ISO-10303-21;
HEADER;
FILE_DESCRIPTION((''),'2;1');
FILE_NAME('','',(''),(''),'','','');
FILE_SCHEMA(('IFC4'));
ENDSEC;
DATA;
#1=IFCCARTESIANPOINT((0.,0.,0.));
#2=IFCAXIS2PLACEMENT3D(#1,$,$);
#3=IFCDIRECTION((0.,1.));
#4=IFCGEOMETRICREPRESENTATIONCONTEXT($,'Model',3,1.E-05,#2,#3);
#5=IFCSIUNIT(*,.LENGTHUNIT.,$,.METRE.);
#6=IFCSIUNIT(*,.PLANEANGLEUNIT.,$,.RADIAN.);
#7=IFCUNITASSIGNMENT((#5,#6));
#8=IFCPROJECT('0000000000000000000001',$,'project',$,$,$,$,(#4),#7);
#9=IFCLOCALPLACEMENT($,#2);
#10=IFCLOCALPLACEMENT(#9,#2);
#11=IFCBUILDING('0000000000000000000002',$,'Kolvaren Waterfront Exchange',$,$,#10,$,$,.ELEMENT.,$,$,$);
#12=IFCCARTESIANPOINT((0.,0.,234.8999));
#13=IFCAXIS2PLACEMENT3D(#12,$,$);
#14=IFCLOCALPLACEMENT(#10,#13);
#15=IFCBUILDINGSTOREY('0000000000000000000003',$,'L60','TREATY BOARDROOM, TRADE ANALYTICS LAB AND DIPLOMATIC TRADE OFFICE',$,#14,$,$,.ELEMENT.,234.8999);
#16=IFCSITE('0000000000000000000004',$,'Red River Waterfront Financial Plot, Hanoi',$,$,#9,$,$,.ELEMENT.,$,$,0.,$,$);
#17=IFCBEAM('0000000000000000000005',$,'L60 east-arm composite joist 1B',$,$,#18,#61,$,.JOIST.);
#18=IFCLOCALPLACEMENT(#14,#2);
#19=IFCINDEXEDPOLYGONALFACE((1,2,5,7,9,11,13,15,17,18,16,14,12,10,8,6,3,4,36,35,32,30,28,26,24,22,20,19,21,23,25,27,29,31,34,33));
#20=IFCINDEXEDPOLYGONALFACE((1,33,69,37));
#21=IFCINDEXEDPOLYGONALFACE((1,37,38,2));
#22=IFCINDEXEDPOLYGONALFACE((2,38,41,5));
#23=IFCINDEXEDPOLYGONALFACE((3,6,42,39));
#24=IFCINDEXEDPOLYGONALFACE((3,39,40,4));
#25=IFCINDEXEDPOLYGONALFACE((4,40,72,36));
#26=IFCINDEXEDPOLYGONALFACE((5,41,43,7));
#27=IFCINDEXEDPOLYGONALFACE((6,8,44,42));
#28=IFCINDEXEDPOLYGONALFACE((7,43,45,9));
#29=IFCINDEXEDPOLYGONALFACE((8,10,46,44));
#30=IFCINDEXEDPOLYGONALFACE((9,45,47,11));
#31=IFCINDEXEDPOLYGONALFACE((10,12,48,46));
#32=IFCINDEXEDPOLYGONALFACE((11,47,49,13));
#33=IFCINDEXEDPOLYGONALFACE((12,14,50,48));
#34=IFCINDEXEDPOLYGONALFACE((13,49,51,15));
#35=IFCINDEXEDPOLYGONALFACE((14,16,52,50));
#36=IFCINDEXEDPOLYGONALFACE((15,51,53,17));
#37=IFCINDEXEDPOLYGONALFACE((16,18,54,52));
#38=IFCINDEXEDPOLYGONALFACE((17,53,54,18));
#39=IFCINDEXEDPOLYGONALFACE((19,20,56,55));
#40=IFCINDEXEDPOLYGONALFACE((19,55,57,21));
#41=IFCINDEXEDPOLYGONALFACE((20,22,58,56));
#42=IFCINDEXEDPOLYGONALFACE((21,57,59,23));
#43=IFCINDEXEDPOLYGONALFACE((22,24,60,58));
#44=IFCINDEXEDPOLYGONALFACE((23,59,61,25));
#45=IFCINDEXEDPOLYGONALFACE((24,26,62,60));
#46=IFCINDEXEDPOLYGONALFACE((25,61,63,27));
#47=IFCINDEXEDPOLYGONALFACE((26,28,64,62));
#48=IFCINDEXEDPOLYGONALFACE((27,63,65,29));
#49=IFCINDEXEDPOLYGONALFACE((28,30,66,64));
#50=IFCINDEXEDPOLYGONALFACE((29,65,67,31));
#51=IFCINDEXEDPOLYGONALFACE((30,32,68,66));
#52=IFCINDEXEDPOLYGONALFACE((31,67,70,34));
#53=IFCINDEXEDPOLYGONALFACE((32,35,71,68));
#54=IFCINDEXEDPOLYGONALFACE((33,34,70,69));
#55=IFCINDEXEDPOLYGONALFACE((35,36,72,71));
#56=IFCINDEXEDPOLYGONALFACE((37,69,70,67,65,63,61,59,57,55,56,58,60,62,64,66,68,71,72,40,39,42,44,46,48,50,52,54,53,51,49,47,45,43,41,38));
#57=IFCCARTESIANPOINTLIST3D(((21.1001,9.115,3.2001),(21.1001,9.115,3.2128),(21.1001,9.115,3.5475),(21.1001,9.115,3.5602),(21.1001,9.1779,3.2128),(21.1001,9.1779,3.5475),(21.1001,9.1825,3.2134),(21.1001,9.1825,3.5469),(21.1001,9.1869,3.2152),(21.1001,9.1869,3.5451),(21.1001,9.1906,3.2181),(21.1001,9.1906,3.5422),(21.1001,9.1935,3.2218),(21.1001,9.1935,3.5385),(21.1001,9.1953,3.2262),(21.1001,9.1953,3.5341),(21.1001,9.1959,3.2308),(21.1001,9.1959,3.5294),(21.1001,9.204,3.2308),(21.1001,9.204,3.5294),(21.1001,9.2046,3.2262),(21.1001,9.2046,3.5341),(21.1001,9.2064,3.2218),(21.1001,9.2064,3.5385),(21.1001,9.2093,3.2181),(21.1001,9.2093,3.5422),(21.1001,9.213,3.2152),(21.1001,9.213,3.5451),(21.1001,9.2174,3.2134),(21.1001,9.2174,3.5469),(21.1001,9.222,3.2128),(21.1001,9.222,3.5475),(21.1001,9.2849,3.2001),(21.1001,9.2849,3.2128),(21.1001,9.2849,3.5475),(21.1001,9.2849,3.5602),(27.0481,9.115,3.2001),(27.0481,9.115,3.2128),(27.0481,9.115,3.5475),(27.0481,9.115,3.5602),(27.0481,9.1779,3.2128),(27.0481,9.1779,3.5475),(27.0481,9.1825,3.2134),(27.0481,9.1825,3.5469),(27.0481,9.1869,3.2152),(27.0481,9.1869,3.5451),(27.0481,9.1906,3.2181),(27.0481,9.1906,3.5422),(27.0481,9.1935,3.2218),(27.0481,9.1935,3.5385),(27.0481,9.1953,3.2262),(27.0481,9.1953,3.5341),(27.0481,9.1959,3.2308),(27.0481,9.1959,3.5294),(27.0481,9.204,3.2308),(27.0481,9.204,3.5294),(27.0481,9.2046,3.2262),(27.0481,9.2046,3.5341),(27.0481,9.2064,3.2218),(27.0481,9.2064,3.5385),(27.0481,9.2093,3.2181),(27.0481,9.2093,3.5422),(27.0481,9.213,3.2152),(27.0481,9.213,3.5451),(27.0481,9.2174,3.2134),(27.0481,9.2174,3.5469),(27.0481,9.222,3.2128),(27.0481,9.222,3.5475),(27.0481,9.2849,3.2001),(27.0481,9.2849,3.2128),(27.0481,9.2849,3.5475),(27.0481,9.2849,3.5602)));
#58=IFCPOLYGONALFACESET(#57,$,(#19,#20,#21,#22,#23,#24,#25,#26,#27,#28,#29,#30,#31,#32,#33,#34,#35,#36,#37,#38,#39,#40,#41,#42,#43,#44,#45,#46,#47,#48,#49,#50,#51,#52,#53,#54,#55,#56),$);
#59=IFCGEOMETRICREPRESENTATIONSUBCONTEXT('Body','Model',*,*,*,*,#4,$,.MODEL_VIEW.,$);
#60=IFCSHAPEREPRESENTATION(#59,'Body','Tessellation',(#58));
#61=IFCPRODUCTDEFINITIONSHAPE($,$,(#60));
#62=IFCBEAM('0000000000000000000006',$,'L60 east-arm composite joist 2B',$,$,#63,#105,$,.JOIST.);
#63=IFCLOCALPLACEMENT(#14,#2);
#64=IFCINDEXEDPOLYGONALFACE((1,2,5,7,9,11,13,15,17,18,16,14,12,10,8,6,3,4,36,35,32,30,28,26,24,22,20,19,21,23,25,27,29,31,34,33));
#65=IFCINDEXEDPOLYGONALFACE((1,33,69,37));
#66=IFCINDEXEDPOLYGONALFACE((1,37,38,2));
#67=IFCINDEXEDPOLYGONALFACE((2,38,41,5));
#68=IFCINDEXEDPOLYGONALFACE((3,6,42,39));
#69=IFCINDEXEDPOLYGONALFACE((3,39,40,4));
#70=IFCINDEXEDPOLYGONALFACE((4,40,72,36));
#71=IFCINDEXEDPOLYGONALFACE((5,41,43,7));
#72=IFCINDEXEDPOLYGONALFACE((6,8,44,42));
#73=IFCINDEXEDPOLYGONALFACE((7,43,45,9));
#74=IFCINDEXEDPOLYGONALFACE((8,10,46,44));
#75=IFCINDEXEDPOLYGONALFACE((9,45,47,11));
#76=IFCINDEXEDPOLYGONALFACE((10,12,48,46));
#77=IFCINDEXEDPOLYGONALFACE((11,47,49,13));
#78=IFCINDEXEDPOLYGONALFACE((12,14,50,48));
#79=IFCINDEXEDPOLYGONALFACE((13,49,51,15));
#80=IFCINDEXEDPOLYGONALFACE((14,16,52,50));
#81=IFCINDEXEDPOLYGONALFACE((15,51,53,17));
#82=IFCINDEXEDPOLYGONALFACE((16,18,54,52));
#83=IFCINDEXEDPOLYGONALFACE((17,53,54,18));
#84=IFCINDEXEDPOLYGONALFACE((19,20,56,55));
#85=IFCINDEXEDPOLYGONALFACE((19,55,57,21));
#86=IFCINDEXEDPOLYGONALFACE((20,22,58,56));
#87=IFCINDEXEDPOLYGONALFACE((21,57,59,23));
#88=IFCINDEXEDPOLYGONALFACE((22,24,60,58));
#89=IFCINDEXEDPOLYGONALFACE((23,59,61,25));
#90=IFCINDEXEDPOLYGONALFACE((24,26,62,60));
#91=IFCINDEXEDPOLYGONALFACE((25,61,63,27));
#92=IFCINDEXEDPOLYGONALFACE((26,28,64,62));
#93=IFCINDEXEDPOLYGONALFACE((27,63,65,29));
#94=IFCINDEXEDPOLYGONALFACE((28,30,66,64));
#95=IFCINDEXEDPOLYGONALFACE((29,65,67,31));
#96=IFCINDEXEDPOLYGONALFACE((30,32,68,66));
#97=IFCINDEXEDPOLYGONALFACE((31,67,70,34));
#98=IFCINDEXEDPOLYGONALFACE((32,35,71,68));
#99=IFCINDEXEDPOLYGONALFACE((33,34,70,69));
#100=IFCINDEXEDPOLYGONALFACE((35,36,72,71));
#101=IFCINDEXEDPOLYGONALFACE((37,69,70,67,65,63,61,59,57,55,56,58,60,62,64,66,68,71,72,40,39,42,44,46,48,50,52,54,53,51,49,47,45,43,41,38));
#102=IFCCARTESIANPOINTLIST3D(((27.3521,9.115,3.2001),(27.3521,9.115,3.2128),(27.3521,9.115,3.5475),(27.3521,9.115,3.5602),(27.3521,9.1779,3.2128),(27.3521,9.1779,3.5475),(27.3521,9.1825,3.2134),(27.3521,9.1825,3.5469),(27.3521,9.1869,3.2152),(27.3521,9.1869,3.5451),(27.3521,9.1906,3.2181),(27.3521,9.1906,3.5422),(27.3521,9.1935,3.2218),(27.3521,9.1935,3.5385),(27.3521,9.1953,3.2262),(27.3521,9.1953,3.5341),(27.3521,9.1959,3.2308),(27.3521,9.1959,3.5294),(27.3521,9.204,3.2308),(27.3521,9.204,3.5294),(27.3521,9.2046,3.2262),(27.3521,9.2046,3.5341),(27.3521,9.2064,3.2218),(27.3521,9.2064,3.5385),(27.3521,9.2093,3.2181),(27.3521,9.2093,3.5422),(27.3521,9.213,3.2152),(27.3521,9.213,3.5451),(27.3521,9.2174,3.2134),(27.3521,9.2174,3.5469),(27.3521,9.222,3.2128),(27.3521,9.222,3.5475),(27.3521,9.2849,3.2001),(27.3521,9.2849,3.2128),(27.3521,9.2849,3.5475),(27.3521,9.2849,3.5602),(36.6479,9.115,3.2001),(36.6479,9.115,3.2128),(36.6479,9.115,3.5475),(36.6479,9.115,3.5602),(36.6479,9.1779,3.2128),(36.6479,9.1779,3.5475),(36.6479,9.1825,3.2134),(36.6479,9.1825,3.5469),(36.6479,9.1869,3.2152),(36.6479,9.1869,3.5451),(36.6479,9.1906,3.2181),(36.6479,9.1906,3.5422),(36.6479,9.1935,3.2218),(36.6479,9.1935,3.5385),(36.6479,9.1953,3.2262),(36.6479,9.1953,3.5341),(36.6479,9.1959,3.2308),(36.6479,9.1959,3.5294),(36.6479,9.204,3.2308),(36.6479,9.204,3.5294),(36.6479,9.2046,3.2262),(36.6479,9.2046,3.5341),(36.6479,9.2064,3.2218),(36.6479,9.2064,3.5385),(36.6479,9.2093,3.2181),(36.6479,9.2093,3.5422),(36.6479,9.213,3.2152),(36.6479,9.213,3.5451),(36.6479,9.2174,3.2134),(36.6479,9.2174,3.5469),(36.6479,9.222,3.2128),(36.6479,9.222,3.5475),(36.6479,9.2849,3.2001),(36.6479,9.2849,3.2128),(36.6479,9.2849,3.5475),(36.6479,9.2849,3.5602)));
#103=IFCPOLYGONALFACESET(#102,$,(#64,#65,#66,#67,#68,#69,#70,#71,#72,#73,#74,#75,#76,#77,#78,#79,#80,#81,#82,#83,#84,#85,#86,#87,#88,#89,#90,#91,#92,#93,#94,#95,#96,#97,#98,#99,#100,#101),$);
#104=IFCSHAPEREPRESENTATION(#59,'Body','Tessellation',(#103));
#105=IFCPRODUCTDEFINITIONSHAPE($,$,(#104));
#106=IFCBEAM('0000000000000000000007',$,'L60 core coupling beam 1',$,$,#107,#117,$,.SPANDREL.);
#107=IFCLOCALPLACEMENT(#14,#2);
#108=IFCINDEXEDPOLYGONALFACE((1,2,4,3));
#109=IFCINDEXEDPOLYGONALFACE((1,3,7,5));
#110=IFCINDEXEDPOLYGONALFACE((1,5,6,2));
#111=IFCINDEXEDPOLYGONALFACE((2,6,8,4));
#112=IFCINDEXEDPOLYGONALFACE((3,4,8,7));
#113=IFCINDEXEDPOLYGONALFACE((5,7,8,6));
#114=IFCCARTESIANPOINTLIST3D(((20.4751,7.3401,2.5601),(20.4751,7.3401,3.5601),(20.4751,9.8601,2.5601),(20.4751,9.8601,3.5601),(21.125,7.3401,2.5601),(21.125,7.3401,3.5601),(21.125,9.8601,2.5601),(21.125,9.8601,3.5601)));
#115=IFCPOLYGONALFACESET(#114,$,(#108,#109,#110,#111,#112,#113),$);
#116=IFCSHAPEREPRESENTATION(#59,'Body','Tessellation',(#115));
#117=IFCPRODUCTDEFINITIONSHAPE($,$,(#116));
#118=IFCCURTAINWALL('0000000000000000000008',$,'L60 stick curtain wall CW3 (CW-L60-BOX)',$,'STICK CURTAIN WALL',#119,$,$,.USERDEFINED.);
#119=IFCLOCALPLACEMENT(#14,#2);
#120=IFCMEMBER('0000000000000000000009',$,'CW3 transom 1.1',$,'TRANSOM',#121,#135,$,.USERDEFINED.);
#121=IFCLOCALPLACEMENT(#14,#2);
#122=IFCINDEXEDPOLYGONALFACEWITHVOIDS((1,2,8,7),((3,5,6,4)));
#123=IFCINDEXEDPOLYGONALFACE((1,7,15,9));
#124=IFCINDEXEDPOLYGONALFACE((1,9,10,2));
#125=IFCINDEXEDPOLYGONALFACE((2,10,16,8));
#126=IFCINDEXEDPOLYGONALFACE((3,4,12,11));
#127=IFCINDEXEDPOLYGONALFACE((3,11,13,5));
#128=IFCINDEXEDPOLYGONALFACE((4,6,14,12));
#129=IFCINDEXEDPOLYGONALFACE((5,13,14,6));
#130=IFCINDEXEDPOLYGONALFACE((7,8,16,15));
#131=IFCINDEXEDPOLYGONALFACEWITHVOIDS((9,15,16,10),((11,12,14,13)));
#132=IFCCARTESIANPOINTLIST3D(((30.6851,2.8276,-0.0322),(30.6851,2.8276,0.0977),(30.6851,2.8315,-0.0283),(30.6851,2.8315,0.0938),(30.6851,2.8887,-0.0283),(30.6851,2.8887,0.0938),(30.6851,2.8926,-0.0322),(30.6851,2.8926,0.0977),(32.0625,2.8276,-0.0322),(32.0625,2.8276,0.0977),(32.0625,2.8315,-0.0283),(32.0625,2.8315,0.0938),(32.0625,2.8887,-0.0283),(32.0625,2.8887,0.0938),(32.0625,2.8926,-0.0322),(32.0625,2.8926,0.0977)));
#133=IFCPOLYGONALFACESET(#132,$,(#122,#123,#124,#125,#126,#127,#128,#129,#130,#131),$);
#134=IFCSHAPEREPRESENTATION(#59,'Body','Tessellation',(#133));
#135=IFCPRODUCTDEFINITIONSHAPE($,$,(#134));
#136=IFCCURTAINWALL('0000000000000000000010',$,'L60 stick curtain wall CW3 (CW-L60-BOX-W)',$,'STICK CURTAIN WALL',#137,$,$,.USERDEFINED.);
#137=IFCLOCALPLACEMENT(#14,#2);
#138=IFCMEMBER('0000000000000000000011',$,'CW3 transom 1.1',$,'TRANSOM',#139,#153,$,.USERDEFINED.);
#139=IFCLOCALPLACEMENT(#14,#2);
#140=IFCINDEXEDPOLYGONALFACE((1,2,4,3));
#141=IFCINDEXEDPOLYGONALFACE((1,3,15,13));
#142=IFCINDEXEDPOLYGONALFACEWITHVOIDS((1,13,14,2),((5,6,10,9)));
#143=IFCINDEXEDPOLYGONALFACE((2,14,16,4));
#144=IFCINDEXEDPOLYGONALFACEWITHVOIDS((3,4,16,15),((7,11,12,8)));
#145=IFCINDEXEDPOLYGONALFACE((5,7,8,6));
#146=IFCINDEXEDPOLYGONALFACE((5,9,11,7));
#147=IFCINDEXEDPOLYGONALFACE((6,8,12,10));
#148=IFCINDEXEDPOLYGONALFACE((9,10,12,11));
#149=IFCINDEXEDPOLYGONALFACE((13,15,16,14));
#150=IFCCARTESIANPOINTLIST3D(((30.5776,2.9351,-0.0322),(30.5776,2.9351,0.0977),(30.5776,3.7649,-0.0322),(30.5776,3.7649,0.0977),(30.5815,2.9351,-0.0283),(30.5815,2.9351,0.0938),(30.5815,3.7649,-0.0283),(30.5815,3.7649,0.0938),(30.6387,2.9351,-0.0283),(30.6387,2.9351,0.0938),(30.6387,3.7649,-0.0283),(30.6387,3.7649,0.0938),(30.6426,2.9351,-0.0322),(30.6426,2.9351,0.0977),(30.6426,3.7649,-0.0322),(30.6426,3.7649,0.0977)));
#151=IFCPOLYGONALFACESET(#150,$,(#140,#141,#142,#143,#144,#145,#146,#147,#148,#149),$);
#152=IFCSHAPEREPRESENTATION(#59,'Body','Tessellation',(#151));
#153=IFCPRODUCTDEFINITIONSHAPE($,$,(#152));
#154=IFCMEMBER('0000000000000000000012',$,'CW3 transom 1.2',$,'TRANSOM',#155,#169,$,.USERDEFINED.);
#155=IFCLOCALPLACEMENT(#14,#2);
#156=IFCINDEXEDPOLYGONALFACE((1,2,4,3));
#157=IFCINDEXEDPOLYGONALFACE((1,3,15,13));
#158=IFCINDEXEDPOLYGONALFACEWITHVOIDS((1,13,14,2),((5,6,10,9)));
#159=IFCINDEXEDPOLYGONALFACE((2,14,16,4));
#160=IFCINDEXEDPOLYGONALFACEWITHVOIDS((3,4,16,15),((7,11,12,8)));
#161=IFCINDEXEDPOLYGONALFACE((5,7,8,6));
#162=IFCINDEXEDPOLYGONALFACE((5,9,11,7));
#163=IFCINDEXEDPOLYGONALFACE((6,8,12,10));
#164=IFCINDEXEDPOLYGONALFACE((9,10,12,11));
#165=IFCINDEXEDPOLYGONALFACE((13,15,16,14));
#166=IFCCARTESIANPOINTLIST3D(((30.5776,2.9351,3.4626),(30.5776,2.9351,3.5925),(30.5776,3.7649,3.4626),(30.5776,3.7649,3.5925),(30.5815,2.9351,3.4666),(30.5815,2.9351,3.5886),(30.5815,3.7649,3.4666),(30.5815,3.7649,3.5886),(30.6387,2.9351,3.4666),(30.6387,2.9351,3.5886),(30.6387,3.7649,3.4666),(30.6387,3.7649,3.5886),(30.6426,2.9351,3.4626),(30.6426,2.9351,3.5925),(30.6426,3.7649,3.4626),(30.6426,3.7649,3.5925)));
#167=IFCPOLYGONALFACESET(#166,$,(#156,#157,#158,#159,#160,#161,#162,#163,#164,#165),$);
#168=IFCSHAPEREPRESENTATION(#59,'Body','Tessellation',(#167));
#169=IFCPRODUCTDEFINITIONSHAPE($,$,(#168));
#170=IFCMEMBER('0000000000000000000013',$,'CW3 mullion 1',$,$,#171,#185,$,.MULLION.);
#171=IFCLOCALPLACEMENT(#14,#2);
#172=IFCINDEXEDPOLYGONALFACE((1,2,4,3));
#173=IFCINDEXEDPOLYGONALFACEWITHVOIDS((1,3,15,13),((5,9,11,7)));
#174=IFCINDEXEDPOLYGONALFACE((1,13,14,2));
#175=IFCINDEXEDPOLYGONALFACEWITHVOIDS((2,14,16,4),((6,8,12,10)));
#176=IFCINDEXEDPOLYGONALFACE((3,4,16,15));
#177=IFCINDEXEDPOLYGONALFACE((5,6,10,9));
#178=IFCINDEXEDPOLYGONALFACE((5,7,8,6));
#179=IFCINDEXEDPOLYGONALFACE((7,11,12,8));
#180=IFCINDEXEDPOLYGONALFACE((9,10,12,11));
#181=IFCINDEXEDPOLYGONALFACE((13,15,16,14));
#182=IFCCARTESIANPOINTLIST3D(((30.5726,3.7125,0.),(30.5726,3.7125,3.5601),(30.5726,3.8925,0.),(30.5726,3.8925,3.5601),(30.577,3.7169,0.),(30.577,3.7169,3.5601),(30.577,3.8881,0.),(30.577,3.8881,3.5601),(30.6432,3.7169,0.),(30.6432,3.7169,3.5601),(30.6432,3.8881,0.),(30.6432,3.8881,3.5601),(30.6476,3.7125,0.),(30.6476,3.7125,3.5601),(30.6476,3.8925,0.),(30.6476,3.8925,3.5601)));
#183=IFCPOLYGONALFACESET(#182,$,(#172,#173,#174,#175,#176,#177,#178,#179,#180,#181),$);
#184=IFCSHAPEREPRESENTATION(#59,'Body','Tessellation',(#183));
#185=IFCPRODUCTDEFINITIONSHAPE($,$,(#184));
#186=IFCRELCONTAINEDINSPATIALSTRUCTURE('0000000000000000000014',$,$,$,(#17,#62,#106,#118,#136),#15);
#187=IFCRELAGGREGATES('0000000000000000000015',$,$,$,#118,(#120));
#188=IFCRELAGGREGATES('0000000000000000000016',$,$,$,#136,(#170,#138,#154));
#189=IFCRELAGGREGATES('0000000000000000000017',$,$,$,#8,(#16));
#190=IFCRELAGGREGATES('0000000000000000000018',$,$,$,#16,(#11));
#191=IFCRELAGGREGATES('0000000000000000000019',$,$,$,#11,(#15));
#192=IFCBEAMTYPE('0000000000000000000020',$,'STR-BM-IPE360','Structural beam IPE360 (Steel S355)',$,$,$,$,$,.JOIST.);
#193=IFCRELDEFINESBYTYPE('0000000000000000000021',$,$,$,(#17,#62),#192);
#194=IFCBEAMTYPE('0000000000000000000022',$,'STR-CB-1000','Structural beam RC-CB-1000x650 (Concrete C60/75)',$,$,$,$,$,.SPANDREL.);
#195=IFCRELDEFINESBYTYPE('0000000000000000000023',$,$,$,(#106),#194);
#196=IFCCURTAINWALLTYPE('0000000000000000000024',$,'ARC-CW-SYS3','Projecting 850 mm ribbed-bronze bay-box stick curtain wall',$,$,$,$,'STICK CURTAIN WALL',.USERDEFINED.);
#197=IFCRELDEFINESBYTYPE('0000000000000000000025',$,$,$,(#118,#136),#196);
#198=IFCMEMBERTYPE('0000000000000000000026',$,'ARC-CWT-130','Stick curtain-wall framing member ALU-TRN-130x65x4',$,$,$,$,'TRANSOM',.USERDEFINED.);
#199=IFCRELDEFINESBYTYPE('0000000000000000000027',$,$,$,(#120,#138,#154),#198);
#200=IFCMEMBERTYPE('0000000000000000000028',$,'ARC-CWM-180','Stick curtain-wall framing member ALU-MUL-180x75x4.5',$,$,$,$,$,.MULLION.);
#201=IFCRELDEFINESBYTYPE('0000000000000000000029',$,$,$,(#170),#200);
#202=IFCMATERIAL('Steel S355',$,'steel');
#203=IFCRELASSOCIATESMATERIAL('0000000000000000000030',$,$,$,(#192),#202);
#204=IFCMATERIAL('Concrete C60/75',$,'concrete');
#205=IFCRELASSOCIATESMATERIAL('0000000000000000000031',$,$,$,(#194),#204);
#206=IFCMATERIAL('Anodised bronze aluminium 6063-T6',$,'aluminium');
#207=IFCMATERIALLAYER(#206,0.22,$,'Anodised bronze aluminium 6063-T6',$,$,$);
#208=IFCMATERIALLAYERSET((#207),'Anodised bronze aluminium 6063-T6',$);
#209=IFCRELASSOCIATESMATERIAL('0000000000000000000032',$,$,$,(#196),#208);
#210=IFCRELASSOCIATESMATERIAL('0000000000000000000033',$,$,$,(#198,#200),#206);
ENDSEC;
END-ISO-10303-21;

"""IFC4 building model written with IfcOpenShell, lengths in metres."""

from ifc_helpers import new_model, si_unit, direction, frame, origin, origin_with_axes, origin_2d, place, context, subcontext, project, spatial, rectangle, hollow_rectangle, i_section, extrude, source, transform, mapped, material, layer, layer_set, material_profile, profile_set, type_object, element, aggregate, save


model = new_model("IFC4")

# Units and contexts
model_context = context("Model", 3, precision=1e-05, world=origin(), true_north=direction((0.0, 1.0)))
body_context = subcontext(model_context, "Body", "Model", "MODEL_VIEW")
ifc_project = project(units=[si_unit("LENGTHUNIT", "METRE"), si_unit("PLANEANGLEUNIT", "RADIAN")], contexts=[model_context])

# Site, building, storey
site_placement = place(None, origin())
site = spatial("IfcSite", under=ifc_project, at=site_placement, Name="Red River Waterfront Financial Plot, Hanoi", CompositionType="ELEMENT", RefElevation=0.0)
building_placement = place(site_placement, origin())
building = spatial("IfcBuilding", under=site, at=building_placement, Name="Kolvaren Waterfront Exchange", CompositionType="ELEMENT")
storey_placement = place(building_placement, frame((0.0, 0.0, 234.8999)))
storey = spatial("IfcBuildingStorey", under=building, at=storey_placement, Name="L60", Description="TREATY BOARDROOM, TRADE ANALYTICS LAB AND DIPLOMATIC TRADE OFFICE", CompositionType="ELEMENT", Elevation=234.8999)

# Beams
ifc_material_1 = material(Name="Steel S355", Category="steel")
ifc_material_profile_1 = material_profile(ifc_material_1, i_section(OverallWidth=0.1699, OverallDepth=0.3601, WebThickness=0.0081, FlangeThickness=0.0127, FilletRadius=0.0181, at=origin_2d()), Name="IPE360")
ifc_profile_set_1 = profile_set([ifc_material_profile_1], Name="Steel S355")
beam_type_1 = type_object("IfcBeamType", Name="STR-BM-IPE360", Description="Structural beam IPE360 (Steel S355)", PredefinedType="JOIST", material=ifc_profile_set_1)
beam_1_placement = place(storey_placement, frame((21.1001, 9.2, 3.3801), z_axis=(1.0, 0.0, 0.0), x_axis=(0.0, 1.0, 0.0)))
element("IfcBeam", 1, at=beam_1_placement, inside=storey, type_object=beam_type_1, Name="L60 east-arm composite joist 1B", PredefinedType="JOIST", context=body_context, shape_type="SweptSolid", body=[
    extrude(i_section(OverallWidth=0.1699, OverallDepth=0.3601, WebThickness=0.0081, FlangeThickness=0.0127, FilletRadius=0.0181, at=origin_2d()), origin(), (0.0, 0.0, 1.0), 5.948),
])
beam_2_placement = place(storey_placement, frame((27.3521, 9.2, 3.3801), z_axis=(1.0, 0.0, 0.0), x_axis=(0.0, 1.0, 0.0)))
element("IfcBeam", 2, at=beam_2_placement, inside=storey, type_object=beam_type_1, Name="L60 east-arm composite joist 2B", PredefinedType="JOIST", context=body_context, shape_type="SweptSolid", body=[
    extrude(i_section(OverallWidth=0.1699, OverallDepth=0.3601, WebThickness=0.0081, FlangeThickness=0.0127, FilletRadius=0.0181, at=origin_2d()), origin(), (0.0, 0.0, 1.0), 9.2959),
])
ifc_material_2 = material(Name="Concrete C60/75", Category="concrete")
ifc_material_profile_2 = material_profile(ifc_material_2, rectangle(XDim=0.6499, YDim=1.0, at=origin_2d()), Name="RC-CB-1000x650")
ifc_profile_set_2 = profile_set([ifc_material_profile_2], Name="Concrete C60/75")
beam_type_2 = type_object("IfcBeamType", Name="STR-CB-1000", Description="Structural beam RC-CB-1000x650 (Concrete C60/75)", PredefinedType="SPANDREL", material=ifc_profile_set_2)
beam_3_placement = place(storey_placement, frame((20.8, 7.3401, 3.0601), z_axis=(0.0, 1.0, 0.0), x_axis=(-1.0, 0.0, 0.0)))
element("IfcBeam", 3, at=beam_3_placement, inside=storey, type_object=beam_type_2, Name="L60 core coupling beam 1", PredefinedType="SPANDREL", context=body_context, shape_type="SweptSolid", body=[
    extrude(rectangle(XDim=0.6499, YDim=1.0, at=origin_2d()), origin(), (0.0, 0.0, 1.0), 2.52),
])

# Curtain wall, member
ifc_material_3 = material(Name="Anodised bronze aluminium 6063-T6", Category="aluminium")
ifc_layer_1 = layer(ifc_material_3, 0.22, Name="Anodised bronze aluminium 6063-T6")
ifc_layer_set_1 = layer_set([ifc_layer_1], Name="Anodised bronze aluminium 6063-T6")
curtain_wall_type_1 = type_object("IfcCurtainWallType", Name="ARC-CW-SYS3", Description="Projecting 850 mm ribbed-bronze bay-box stick curtain wall", ElementType="STICK CURTAIN WALL", PredefinedType="USERDEFINED", material=ifc_layer_set_1)
curtain_wall_1_placement = place(storey_placement, origin())
curtain_wall_1 = element("IfcCurtainWall", 4, at=curtain_wall_1_placement, inside=storey, type_object=curtain_wall_type_1, Name="L60 stick curtain wall CW3 (CW-L60-BOX)", ObjectType="STICK CURTAIN WALL", PredefinedType="USERDEFINED")
ifc_material_profile_3 = material_profile(ifc_material_3, hollow_rectangle(XDim=0.0649, YDim=0.1299, WallThickness=0.0039, at=origin_2d()), Name="ALU-TRN-130x65x4")
ifc_profile_set_3 = profile_set([ifc_material_profile_3], Name="Anodised bronze aluminium 6063-T6")
member_type_1 = type_object("IfcMemberType", Name="ARC-CWT-130", Description="Stick curtain-wall framing member ALU-TRN-130x65x4", ElementType="TRANSOM", PredefinedType="USERDEFINED", material=ifc_profile_set_3)
shared_shape_1 = source(origin_with_axes(), body_context, "Body", "SweptSolid", [
    extrude(hollow_rectangle(XDim=0.0649, YDim=0.1299, WallThickness=0.0039, at=origin_2d()), origin(), (0.0, 0.0, 1.0), 1.3774),
])
member_1_placement = place(storey_placement, frame((30.6851, 2.8601, 0.0327), z_axis=(1.0, 0.0, 0.0), x_axis=(0.0, 1.0, 0.0)))
member_1 = element("IfcMember", 5, at=member_1_placement, type_object=member_type_1, Name="CW3 transom 1.1", ObjectType="TRANSOM", PredefinedType="USERDEFINED", context=body_context, shape_type="MappedRepresentation", body=[
    mapped(shared_shape_1, transform((0.0, 0.0, 0.0), x_axis=(1.0, 0.0, 0.0), y_axis=(0.0, 1.0, 0.0), z_axis=(0.0, 0.0, 1.0), scale=1.0)),
])

# Curtain wall, members
curtain_wall_2_placement = place(storey_placement, origin())
curtain_wall_2 = element("IfcCurtainWall", 6, at=curtain_wall_2_placement, inside=storey, type_object=curtain_wall_type_1, Name="L60 stick curtain wall CW3 (CW-L60-BOX-W)", ObjectType="STICK CURTAIN WALL", PredefinedType="USERDEFINED")
shared_shape_2 = source(origin_with_axes(), body_context, "Body", "SweptSolid", [
    extrude(hollow_rectangle(XDim=0.0649, YDim=0.1299, WallThickness=0.0039, at=origin_2d()), origin(), (0.0, 0.0, 1.0), 0.8298),
])
member_2_placement = place(storey_placement, frame((30.6101, 3.7649, 0.0327), z_axis=(0.0, -1.0, 0.0), x_axis=(1.0, 0.0, 0.0)))
member_2 = element("IfcMember", 7, at=member_2_placement, type_object=member_type_1, Name="CW3 transom 1.1", ObjectType="TRANSOM", PredefinedType="USERDEFINED", context=body_context, shape_type="MappedRepresentation", body=[
    mapped(shared_shape_2, transform((0.0, 0.0, 0.0), x_axis=(1.0, 0.0, 0.0), y_axis=(0.0, 1.0, 0.0), z_axis=(0.0, 0.0, 1.0), scale=1.0)),
])
member_3_placement = place(storey_placement, frame((30.6101, 3.7649, 3.5276), z_axis=(0.0, -1.0, 0.0), x_axis=(1.0, 0.0, 0.0)))
member_3 = element("IfcMember", 8, at=member_3_placement, type_object=member_type_1, Name="CW3 transom 1.2", ObjectType="TRANSOM", PredefinedType="USERDEFINED", context=body_context, shape_type="MappedRepresentation", body=[
    mapped(shared_shape_2, transform((0.0, 0.0, 0.0), x_axis=(1.0, 0.0, 0.0), y_axis=(0.0, 1.0, 0.0), z_axis=(0.0, 0.0, 1.0), scale=1.0)),
])
ifc_material_profile_4 = material_profile(ifc_material_3, hollow_rectangle(XDim=0.075, YDim=0.1799, WallThickness=0.0044, at=origin_2d()), Name="ALU-MUL-180x75x4.5")
ifc_profile_set_4 = profile_set([ifc_material_profile_4], Name="Anodised bronze aluminium 6063-T6")
member_type_2 = type_object("IfcMemberType", Name="ARC-CWM-180", Description="Stick curtain-wall framing member ALU-MUL-180x75x4.5", PredefinedType="MULLION", material=ifc_profile_set_4)
shared_shape_3 = source(origin_with_axes(), body_context, "Body", "SweptSolid", [
    extrude(hollow_rectangle(XDim=0.075, YDim=0.1799, WallThickness=0.0044, at=origin_2d()), origin(), (0.0, 0.0, 1.0), 3.5601),
])
member_4_placement = place(storey_placement, frame((30.6101, 3.8025, 0.0), z_axis=(0.0, 0.0, 1.0), x_axis=(1.0, 0.0, 0.0)))
member_4 = element("IfcMember", 9, at=member_4_placement, type_object=member_type_2, Name="CW3 mullion 1", PredefinedType="MULLION", context=body_context, shape_type="MappedRepresentation", body=[
    mapped(shared_shape_3, transform((0.0, 0.0, 0.0), x_axis=(1.0, 0.0, 0.0), y_axis=(0.0, 1.0, 0.0), z_axis=(0.0, 0.0, 1.0), scale=1.0)),
])

aggregate(curtain_wall_1, [member_1])

aggregate(curtain_wall_2, [member_4, member_2, member_3])

save(model, "model.ifc")
